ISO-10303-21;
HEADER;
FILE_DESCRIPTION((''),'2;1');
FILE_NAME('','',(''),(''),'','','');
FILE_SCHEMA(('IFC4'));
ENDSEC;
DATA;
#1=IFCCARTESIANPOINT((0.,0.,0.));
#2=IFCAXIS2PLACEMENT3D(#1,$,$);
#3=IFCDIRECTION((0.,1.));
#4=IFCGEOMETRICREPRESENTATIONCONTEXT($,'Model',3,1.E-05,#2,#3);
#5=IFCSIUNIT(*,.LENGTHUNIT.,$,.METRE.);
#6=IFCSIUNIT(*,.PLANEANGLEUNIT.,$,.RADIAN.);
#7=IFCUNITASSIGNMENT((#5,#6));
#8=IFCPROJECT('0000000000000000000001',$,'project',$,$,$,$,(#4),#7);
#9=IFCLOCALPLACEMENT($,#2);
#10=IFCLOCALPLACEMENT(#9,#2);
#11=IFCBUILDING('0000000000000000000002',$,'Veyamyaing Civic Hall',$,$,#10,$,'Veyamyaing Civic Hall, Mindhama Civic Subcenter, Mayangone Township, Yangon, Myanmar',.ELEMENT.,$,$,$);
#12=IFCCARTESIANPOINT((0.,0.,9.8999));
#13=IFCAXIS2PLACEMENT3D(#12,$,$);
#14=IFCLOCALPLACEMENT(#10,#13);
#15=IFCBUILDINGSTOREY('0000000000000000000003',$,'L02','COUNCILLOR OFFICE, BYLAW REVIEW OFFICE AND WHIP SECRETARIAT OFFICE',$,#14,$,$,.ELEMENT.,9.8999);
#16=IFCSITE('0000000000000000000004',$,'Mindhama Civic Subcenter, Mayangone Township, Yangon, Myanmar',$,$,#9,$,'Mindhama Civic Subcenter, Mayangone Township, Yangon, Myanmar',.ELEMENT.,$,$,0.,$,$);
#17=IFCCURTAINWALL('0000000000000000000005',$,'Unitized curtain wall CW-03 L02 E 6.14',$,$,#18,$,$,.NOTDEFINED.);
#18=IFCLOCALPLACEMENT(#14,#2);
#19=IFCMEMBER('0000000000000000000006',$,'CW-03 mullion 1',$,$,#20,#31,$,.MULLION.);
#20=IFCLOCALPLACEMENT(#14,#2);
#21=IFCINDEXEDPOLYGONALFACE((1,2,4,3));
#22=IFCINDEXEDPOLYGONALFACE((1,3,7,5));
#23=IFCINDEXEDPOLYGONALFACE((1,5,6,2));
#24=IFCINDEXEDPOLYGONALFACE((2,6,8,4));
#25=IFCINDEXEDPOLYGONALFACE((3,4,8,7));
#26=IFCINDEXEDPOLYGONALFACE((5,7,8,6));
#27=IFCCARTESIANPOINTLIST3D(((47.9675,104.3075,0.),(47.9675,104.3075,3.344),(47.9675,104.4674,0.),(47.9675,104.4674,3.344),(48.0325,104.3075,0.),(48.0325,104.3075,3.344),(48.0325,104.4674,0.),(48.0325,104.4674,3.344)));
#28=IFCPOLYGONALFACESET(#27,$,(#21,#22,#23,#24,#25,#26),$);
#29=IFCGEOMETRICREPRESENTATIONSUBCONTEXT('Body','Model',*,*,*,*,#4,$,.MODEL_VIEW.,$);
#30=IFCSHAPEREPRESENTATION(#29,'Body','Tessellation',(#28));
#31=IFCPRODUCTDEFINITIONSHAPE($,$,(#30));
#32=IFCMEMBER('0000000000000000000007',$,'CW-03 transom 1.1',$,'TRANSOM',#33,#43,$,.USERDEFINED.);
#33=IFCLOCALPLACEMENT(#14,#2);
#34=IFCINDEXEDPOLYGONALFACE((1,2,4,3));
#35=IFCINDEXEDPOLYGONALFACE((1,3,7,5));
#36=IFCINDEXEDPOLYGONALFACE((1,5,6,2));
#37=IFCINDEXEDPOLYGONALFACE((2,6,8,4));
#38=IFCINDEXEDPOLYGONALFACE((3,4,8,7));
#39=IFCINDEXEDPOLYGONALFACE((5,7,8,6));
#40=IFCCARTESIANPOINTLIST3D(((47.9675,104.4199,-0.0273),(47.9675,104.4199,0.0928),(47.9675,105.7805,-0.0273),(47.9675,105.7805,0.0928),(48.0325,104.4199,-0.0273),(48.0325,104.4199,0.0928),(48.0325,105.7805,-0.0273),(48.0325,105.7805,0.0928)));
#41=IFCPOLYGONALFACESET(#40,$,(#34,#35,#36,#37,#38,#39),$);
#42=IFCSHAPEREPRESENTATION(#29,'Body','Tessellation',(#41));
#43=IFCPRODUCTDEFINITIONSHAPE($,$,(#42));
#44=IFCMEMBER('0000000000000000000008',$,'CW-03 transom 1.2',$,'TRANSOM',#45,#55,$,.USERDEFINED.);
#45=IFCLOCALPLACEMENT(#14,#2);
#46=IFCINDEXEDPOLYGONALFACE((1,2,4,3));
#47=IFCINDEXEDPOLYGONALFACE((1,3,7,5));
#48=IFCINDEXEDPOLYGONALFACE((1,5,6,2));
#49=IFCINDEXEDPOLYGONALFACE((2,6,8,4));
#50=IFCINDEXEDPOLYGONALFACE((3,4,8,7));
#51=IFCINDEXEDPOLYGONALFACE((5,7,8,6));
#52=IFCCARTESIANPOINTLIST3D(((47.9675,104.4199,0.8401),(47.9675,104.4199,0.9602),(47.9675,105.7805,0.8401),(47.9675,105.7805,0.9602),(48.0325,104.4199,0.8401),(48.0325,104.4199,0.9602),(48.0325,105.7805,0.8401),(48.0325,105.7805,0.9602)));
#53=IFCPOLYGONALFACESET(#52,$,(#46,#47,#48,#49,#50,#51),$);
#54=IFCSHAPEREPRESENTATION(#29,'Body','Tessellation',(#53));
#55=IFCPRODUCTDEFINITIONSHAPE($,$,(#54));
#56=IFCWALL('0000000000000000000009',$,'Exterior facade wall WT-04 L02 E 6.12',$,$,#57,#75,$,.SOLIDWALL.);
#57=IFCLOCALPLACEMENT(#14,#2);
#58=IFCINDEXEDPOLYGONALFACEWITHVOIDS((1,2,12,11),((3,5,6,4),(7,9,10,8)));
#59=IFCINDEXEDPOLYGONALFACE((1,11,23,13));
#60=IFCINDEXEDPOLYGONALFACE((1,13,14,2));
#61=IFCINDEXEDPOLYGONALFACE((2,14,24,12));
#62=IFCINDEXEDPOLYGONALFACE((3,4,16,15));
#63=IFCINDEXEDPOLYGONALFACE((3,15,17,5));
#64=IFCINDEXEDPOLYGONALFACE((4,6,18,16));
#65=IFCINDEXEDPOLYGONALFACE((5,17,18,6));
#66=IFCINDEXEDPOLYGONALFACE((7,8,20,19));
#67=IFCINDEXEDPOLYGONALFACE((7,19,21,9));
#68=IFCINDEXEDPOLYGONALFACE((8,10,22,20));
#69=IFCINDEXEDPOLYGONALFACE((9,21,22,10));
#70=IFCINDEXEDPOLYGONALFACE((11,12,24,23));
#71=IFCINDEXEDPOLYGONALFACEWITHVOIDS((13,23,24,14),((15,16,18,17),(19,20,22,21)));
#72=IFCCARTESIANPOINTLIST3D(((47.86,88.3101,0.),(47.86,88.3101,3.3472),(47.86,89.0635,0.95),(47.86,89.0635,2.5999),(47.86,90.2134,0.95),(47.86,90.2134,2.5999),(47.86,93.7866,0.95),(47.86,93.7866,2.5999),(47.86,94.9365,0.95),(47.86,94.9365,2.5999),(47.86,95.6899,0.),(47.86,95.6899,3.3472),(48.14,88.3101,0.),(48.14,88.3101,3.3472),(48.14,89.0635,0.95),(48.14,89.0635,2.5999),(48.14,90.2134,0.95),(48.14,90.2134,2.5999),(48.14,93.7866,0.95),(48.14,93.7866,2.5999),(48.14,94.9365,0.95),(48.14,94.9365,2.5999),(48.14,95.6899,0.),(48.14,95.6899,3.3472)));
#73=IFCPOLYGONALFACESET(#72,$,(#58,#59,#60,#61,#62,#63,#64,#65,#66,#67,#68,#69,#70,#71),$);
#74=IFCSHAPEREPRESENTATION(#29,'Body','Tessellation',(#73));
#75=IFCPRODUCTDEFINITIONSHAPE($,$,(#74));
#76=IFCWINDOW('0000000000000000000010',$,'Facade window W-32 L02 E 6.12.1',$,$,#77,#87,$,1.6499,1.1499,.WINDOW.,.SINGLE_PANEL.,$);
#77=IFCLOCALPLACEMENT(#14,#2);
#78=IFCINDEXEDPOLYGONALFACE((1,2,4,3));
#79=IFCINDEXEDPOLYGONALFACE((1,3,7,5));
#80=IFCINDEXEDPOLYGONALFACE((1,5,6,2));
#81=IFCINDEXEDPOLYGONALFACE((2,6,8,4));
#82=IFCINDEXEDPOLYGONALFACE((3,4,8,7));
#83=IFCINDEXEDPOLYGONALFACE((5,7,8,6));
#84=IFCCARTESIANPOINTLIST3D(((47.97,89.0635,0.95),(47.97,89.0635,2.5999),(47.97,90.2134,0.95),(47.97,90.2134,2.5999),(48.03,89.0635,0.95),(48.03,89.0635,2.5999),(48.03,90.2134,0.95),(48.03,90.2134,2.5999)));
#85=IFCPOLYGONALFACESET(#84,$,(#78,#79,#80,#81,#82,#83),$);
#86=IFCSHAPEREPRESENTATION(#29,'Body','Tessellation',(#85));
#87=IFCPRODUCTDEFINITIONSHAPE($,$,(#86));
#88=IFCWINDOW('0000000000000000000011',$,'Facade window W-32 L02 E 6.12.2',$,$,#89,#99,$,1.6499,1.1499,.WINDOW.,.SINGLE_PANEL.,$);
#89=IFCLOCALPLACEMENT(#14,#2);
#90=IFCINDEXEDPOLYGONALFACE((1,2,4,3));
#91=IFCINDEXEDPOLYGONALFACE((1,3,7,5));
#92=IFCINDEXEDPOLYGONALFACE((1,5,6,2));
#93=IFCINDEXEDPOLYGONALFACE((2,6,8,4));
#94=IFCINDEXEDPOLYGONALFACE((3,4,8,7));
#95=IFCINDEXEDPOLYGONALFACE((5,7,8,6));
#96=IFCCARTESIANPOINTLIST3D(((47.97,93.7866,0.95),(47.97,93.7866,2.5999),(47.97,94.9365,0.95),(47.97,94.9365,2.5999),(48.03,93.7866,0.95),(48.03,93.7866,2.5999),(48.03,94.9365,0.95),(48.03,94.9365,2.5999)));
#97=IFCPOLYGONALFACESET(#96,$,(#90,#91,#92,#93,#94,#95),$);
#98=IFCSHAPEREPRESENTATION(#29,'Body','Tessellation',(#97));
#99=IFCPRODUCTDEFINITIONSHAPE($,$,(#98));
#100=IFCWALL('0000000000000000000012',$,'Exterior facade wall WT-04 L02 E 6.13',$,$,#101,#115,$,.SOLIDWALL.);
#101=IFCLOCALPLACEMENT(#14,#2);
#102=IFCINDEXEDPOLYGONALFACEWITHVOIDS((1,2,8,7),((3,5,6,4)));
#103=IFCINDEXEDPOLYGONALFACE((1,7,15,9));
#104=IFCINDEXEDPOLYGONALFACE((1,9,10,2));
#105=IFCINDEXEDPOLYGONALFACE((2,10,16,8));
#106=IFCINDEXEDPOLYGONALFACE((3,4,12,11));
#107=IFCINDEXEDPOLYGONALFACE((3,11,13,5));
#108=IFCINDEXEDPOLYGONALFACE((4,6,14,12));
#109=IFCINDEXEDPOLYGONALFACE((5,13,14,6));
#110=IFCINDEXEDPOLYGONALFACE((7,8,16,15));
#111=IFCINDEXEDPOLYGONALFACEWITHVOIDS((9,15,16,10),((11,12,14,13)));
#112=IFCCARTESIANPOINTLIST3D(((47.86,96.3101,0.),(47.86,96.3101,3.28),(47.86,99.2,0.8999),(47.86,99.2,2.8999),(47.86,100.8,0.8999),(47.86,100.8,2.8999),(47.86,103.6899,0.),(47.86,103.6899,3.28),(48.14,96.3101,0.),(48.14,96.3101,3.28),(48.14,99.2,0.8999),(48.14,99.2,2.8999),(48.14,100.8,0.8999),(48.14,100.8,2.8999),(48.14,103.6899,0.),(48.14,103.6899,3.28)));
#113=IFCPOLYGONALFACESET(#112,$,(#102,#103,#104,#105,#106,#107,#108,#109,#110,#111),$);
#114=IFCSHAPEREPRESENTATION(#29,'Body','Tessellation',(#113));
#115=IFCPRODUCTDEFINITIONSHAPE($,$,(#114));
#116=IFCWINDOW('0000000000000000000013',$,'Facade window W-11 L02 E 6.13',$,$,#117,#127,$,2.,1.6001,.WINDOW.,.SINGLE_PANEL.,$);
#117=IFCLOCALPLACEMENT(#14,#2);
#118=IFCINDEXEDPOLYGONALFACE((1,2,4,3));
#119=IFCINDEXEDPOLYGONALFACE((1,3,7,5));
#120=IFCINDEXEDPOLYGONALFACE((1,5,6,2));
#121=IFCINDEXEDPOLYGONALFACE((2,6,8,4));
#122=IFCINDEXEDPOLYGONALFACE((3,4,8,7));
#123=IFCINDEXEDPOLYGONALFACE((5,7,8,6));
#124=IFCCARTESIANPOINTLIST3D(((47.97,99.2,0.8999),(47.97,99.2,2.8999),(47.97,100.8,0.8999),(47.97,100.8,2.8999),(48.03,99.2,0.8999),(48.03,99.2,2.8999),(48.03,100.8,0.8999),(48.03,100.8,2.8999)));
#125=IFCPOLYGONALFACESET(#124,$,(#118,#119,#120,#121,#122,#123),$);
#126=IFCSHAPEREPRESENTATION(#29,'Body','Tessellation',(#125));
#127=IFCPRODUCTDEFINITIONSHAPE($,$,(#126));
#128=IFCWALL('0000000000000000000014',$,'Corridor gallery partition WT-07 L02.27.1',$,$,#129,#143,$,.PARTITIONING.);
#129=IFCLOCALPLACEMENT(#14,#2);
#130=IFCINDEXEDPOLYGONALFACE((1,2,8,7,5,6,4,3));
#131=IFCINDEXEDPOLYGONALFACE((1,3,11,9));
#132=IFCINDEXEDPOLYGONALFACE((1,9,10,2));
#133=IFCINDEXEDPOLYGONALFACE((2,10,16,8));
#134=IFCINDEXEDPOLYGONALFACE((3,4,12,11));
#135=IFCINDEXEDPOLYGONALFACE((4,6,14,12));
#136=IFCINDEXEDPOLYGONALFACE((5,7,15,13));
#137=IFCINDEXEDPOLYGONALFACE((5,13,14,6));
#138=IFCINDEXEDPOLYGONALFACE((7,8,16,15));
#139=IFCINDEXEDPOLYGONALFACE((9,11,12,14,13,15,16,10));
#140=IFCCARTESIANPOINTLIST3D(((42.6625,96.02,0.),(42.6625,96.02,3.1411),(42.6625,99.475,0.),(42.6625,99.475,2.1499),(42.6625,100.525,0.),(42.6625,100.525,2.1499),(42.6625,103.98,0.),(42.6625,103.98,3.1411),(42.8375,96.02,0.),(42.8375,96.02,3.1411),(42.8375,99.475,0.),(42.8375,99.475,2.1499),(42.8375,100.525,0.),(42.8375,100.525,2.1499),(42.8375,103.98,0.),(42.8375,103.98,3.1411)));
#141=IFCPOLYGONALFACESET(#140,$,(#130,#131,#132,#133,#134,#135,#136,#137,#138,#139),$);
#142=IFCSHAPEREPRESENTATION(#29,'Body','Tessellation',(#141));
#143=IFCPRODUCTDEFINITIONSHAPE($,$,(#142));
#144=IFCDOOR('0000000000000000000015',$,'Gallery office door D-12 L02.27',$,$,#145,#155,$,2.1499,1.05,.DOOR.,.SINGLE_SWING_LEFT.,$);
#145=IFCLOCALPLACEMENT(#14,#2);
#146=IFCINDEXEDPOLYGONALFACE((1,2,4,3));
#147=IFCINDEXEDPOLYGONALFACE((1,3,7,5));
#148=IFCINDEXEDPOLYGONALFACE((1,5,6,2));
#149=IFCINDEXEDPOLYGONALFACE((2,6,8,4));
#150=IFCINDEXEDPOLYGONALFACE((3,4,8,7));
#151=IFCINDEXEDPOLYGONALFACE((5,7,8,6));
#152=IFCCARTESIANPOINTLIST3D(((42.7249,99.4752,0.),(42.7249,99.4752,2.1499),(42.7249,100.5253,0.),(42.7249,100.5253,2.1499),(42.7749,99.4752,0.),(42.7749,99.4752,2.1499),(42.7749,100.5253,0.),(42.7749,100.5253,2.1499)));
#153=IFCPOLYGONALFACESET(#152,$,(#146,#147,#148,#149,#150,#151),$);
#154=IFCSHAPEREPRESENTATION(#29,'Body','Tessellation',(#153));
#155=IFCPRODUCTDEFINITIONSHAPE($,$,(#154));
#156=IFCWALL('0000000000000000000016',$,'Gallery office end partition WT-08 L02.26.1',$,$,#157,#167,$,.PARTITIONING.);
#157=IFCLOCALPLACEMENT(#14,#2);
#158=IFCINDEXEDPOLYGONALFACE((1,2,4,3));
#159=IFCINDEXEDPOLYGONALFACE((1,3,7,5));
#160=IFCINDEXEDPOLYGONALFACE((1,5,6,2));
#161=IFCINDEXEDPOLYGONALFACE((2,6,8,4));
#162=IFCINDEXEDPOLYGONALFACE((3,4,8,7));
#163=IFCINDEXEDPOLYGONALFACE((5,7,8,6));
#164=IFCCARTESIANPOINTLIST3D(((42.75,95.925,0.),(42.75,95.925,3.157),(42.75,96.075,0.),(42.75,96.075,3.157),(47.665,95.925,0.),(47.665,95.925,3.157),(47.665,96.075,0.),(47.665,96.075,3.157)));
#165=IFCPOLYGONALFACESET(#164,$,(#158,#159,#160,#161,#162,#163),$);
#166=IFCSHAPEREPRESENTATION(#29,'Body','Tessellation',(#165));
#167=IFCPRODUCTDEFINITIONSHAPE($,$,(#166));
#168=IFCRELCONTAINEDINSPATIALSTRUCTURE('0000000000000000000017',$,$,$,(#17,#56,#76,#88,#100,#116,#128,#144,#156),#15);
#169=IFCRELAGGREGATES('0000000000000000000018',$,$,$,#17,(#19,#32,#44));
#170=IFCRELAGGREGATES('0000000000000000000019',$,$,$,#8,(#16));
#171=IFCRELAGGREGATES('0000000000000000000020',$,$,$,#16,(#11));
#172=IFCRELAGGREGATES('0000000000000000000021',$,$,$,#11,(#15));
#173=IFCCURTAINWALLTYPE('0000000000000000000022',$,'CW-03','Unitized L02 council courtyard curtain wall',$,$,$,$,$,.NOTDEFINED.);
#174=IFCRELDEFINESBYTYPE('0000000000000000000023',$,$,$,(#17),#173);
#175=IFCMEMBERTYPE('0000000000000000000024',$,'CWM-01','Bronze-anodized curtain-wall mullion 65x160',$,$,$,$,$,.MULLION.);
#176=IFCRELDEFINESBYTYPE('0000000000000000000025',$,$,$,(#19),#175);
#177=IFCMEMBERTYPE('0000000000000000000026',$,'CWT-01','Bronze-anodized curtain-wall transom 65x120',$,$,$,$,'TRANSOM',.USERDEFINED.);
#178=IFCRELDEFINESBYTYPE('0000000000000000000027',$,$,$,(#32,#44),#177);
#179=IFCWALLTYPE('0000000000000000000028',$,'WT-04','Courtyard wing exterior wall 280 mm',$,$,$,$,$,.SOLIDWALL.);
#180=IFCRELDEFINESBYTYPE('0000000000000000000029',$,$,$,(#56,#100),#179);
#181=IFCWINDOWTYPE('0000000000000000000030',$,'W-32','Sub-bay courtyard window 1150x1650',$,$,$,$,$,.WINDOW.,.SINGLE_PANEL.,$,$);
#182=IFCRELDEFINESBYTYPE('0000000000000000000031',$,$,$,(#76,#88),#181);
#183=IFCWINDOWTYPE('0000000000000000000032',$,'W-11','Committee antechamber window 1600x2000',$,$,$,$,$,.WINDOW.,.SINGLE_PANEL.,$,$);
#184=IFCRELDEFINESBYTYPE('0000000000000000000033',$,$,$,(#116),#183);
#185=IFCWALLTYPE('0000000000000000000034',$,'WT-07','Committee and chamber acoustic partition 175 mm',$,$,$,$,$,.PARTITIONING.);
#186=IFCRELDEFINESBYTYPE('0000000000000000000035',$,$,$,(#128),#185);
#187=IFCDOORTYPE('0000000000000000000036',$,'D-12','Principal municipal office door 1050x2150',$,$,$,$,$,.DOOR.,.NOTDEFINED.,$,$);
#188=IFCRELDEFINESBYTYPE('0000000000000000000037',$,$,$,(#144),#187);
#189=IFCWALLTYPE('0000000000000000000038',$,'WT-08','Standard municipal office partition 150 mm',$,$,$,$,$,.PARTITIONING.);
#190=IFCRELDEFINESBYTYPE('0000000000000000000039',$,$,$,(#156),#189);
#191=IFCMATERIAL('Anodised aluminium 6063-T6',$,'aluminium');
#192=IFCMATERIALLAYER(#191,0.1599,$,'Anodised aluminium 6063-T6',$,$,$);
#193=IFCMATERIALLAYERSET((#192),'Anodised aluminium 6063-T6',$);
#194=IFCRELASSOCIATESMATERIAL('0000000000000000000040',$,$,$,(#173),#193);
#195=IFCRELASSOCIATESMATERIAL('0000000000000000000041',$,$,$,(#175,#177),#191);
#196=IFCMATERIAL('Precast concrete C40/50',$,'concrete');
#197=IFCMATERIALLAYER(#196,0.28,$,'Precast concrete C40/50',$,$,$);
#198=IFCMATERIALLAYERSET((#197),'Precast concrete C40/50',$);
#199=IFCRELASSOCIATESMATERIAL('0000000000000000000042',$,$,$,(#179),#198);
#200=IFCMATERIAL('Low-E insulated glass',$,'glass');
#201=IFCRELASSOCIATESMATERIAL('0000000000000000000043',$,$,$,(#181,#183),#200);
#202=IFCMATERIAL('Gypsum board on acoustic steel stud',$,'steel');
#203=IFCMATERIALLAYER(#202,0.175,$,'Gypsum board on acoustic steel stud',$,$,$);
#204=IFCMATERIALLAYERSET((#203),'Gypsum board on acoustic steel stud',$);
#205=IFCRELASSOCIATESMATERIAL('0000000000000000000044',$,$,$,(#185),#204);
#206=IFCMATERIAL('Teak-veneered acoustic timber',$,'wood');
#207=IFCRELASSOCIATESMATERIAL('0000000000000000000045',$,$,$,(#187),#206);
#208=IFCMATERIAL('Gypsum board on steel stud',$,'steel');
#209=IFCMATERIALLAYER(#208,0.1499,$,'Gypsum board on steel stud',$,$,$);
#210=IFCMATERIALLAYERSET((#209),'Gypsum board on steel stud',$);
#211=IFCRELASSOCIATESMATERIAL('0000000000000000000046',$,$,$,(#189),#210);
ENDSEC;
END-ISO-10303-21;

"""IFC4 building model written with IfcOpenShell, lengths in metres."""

from ifc_helpers import new_model, si_unit, direction, frame, frame_2d, origin, origin_2d, place, context, subcontext, project, spatial, rectangle, extrude, material, layer, layer_set, material_profile, profile_set, type_object, element, fill, aggregate, save


model = new_model("IFC4")

# Units and contexts
model_context = context("Model", 3, precision=1e-05, world=origin(), true_north=direction((0.0, 1.0)))
body_context = subcontext(model_context, "Body", "Model", "MODEL_VIEW")
ifc_project = project(units=[si_unit("LENGTHUNIT", "METRE"), si_unit("PLANEANGLEUNIT", "RADIAN")], contexts=[model_context])

# Site, building, storey
site_placement = place(None, origin())
site = spatial("IfcSite", under=ifc_project, at=site_placement, Name="Mindhama Civic Subcenter, Mayangone Township, Yangon, Myanmar", LongName="Mindhama Civic Subcenter, Mayangone Township, Yangon, Myanmar", CompositionType="ELEMENT", RefElevation=0.0)
building_placement = place(site_placement, origin())
building = spatial("IfcBuilding", under=site, at=building_placement, Name="Veyamyaing Civic Hall", LongName="Veyamyaing Civic Hall, Mindhama Civic Subcenter, Mayangone Township, Yangon, Myanmar", CompositionType="ELEMENT")
storey_placement = place(building_placement, frame((0.0, 0.0, 9.8999)))
storey = spatial("IfcBuildingStorey", under=building, at=storey_placement, Name="L02", Description="COUNCILLOR OFFICE, BYLAW REVIEW OFFICE AND WHIP SECRETARIAT OFFICE", CompositionType="ELEMENT", Elevation=9.8999)

# Curtain wall, members
ifc_material_1 = material(Name="Anodised aluminium 6063-T6", Category="aluminium")
ifc_layer_1 = layer(ifc_material_1, 0.1599, Name="Anodised aluminium 6063-T6")
ifc_layer_set_1 = layer_set([ifc_layer_1], Name="Anodised aluminium 6063-T6")
curtain_wall_type = type_object("IfcCurtainWallType", Name="CW-03", Description="Unitized L02 council courtyard curtain wall", PredefinedType="NOTDEFINED", material=ifc_layer_set_1)
curtain_wall_placement = place(storey_placement, origin())
curtain_wall = element("IfcCurtainWall", 1, at=curtain_wall_placement, inside=storey, type_object=curtain_wall_type, Name="Unitized curtain wall CW-03 L02 E 6.14", PredefinedType="NOTDEFINED")
ifc_material_profile_1 = material_profile(ifc_material_1, rectangle(XDim=0.0649, YDim=0.1599, at=origin_2d()), Name="ALU-MUL-65X160")
ifc_profile_set_1 = profile_set([ifc_material_profile_1], Name="Anodised aluminium 6063-T6")
member_type_1 = type_object("IfcMemberType", Name="CWM-01", Description="Bronze-anodized curtain-wall mullion 65x160", PredefinedType="MULLION", material=ifc_profile_set_1)
member_1_placement = place(storey_placement, frame((48.0, 104.3875, 0.0), z_axis=(0.0, 0.0, 1.0), x_axis=(-1.0, 0.0, 0.0)))
member_1 = element("IfcMember", 2, at=member_1_placement, type_object=member_type_1, Name="CW-03 mullion 1", PredefinedType="MULLION", context=body_context, shape_type="SweptSolid", body=[
    extrude(rectangle(XDim=0.0649, YDim=0.1599, at=origin_2d()), origin(), (0.0, 0.0, 1.0), 3.344),
])
ifc_material_profile_2 = material_profile(ifc_material_1, rectangle(XDim=0.0649, YDim=0.1201, at=origin_2d()), Name="ALU-TRN-65X120")
ifc_profile_set_2 = profile_set([ifc_material_profile_2], Name="Anodised aluminium 6063-T6")
member_type_2 = type_object("IfcMemberType", Name="CWT-01", Description="Bronze-anodized curtain-wall transom 65x120", ElementType="TRANSOM", PredefinedType="USERDEFINED", material=ifc_profile_set_2)
member_2_placement = place(storey_placement, frame((48.0, 104.4199, 0.0327), z_axis=(0.0, 1.0, 0.0), x_axis=(-1.0, 0.0, 0.0)))
member_2 = element("IfcMember", 3, at=member_2_placement, type_object=member_type_2, Name="CW-03 transom 1.1", ObjectType="TRANSOM", PredefinedType="USERDEFINED", context=body_context, shape_type="SweptSolid", body=[
    extrude(rectangle(XDim=0.0649, YDim=0.1201, at=origin_2d()), origin(), (0.0, 0.0, 1.0), 1.3606),
])
member_3_placement = place(storey_placement, frame((48.0, 104.4199, 0.9001), z_axis=(0.0, 1.0, 0.0), x_axis=(-1.0, 0.0, 0.0)))
member_3 = element("IfcMember", 4, at=member_3_placement, type_object=member_type_2, Name="CW-03 transom 1.2", ObjectType="TRANSOM", PredefinedType="USERDEFINED", context=body_context, shape_type="SweptSolid", body=[
    extrude(rectangle(XDim=0.0649, YDim=0.1201, at=origin_2d()), origin(), (0.0, 0.0, 1.0), 1.3606),
])
aggregate(curtain_wall, [member_1, member_2, member_3])

# Wall, openings, windows
ifc_material_2 = material(Name="Precast concrete C40/50", Category="concrete")
ifc_layer_2 = layer(ifc_material_2, 0.28, Name="Precast concrete C40/50")
ifc_layer_set_2 = layer_set([ifc_layer_2], Name="Precast concrete C40/50")
wall_type_1 = type_object("IfcWallType", Name="WT-04", Description="Courtyard wing exterior wall 280 mm", PredefinedType="SOLIDWALL", material=ifc_layer_set_2)
wall_1_placement = place(storey_placement, frame((48.0, 88.3101, 0.0), z_axis=(0.0, 0.0, 1.0), x_axis=(0.0, 1.0, 0.0)))
wall_1 = element("IfcWall", 5, at=wall_1_placement, inside=storey, type_object=wall_type_1, Name="Exterior facade wall WT-04 L02 E 6.12", PredefinedType="SOLIDWALL", context=body_context, shape_type="SweptSolid", body=[
    extrude(rectangle(XDim=7.3799, YDim=0.28, at=frame_2d((3.6899, 0.0))), origin(), (0.0, 0.0, 1.0), 3.3472),
])
opening_1_placement = place(wall_1_placement, frame((0.7534, 0.0, 0.95)))
opening_1 = element("IfcOpeningElement", 6, at=opening_1_placement, cuts=wall_1, PredefinedType="OPENING", context=body_context, shape_type="SweptSolid", body=[
    extrude(rectangle(XDim=1.1499, YDim=1.6499, at=frame_2d((0.575, 0.825))), frame((0.0, 0.1499, 0.0), z_axis=(0.0, -1.0, 0.0), x_axis=(1.0, 0.0, 0.0)), (0.0, 0.0, 1.0), 0.3),
])
opening_2_placement = place(wall_1_placement, frame((5.4766, 0.0, 0.95)))
opening_2 = element("IfcOpeningElement", 7, at=opening_2_placement, cuts=wall_1, PredefinedType="OPENING", context=body_context, shape_type="SweptSolid", body=[
    extrude(rectangle(XDim=1.1499, YDim=1.6499, at=frame_2d((0.575, 0.825))), frame((0.0, 0.1499, 0.0), z_axis=(0.0, -1.0, 0.0), x_axis=(1.0, 0.0, 0.0)), (0.0, 0.0, 1.0), 0.3),
])
ifc_material_3 = material(Name="Low-E insulated glass", Category="glass")
window_type_1 = type_object("IfcWindowType", Name="W-32", Description="Sub-bay courtyard window 1150x1650", PartitioningType="SINGLE_PANEL", PredefinedType="WINDOW", material=ifc_material_3)
window_1_placement = place(opening_1_placement, origin())
window_1 = element("IfcWindow", 8, at=window_1_placement, inside=storey, type_object=window_type_1, Name="Facade window W-32 L02 E 6.12.1", OverallHeight=1.6499, OverallWidth=1.1499, PartitioningType="SINGLE_PANEL", PredefinedType="WINDOW", context=body_context, shape_type="SweptSolid", body=[
    extrude(rectangle(XDim=1.1499, YDim=1.6499, at=frame_2d((0.575, 0.825))), frame((0.0, 0.03, 0.0), z_axis=(0.0, -1.0, 0.0), x_axis=(1.0, 0.0, 0.0)), (0.0, 0.0, 1.0), 0.0601),
])
fill(opening_1, window_1)
window_2_placement = place(opening_2_placement, origin())
window_2 = element("IfcWindow", 9, at=window_2_placement, inside=storey, type_object=window_type_1, Name="Facade window W-32 L02 E 6.12.2", OverallHeight=1.6499, OverallWidth=1.1499, PartitioningType="SINGLE_PANEL", PredefinedType="WINDOW", context=body_context, shape_type="SweptSolid", body=[
    extrude(rectangle(XDim=1.1499, YDim=1.6499, at=frame_2d((0.575, 0.825))), frame((0.0, 0.03, 0.0), z_axis=(0.0, -1.0, 0.0), x_axis=(1.0, 0.0, 0.0)), (0.0, 0.0, 1.0), 0.0601),
])
fill(opening_2, window_2)

# Wall, opening, window
wall_2_placement = place(storey_placement, frame((48.0, 96.3101, 0.0), z_axis=(0.0, 0.0, 1.0), x_axis=(0.0, 1.0, 0.0)))
wall_2 = element("IfcWall", 10, at=wall_2_placement, inside=storey, type_object=wall_type_1, Name="Exterior facade wall WT-04 L02 E 6.13", PredefinedType="SOLIDWALL", context=body_context, shape_type="SweptSolid", body=[
    extrude(rectangle(XDim=7.3799, YDim=0.28, at=frame_2d((3.6899, 0.0))), origin(), (0.0, 0.0, 1.0), 3.28),
])
opening_3_placement = place(wall_2_placement, frame((2.8899, 0.0, 0.8999)))
opening_3 = element("IfcOpeningElement", 11, at=opening_3_placement, cuts=wall_2, PredefinedType="OPENING", context=body_context, shape_type="SweptSolid", body=[
    extrude(rectangle(XDim=1.6001, YDim=2.0, at=frame_2d((0.8, 1.0))), frame((0.0, 0.1499, 0.0), z_axis=(0.0, -1.0, 0.0), x_axis=(1.0, 0.0, 0.0)), (0.0, 0.0, 1.0), 0.3),
])
window_type_2 = type_object("IfcWindowType", Name="W-11", Description="Committee antechamber window 1600x2000", PartitioningType="SINGLE_PANEL", PredefinedType="WINDOW", material=ifc_material_3)
window_3_placement = place(opening_3_placement, origin())
window_3 = element("IfcWindow", 12, at=window_3_placement, inside=storey, type_object=window_type_2, Name="Facade window W-11 L02 E 6.13", OverallHeight=2.0, OverallWidth=1.6001, PartitioningType="SINGLE_PANEL", PredefinedType="WINDOW", context=body_context, shape_type="SweptSolid", body=[
    extrude(rectangle(XDim=1.6001, YDim=2.0, at=frame_2d((0.8, 1.0))), frame((0.0, 0.03, 0.0), z_axis=(0.0, -1.0, 0.0), x_axis=(1.0, 0.0, 0.0)), (0.0, 0.0, 1.0), 0.0601),
])
fill(opening_3, window_3)

# Wall, opening, door
ifc_material_4 = material(Name="Gypsum board on acoustic steel stud", Category="steel")
ifc_layer_3 = layer(ifc_material_4, 0.175, Name="Gypsum board on acoustic steel stud")
ifc_layer_set_3 = layer_set([ifc_layer_3], Name="Gypsum board on acoustic steel stud")
wall_type_2 = type_object("IfcWallType", Name="WT-07", Description="Committee and chamber acoustic partition 175 mm", PredefinedType="PARTITIONING", material=ifc_layer_set_3)
wall_3_placement = place(storey_placement, frame((42.75, 96.02, 0.0), z_axis=(0.0, 0.0, 1.0), x_axis=(0.0, 1.0, 0.0)))
wall_3 = element("IfcWall", 13, at=wall_3_placement, inside=storey, type_object=wall_type_2, Name="Corridor gallery partition WT-07 L02.27.1", PredefinedType="PARTITIONING", context=body_context, shape_type="SweptSolid", body=[
    extrude(rectangle(XDim=7.96, YDim=0.175, at=frame_2d((3.98, 0.0))), origin(), (0.0, 0.0, 1.0), 3.1411),
])
opening_4_placement = place(wall_3_placement, frame((3.4551, 0.0, 0.0)))
opening_4 = element("IfcOpeningElement", 14, at=opening_4_placement, cuts=wall_3, PredefinedType="OPENING", context=body_context, shape_type="SweptSolid", body=[
    extrude(rectangle(XDim=1.05, YDim=2.1499, at=frame_2d((0.5249, 1.075))), frame((0.0, 0.0974, 0.0), z_axis=(0.0, -1.0, 0.0), x_axis=(1.0, 0.0, 0.0)), (0.0, 0.0, 1.0), 0.1951),
])
ifc_material_5 = material(Name="Teak-veneered acoustic timber", Category="wood")
door_type_1 = type_object("IfcDoorType", Name="D-12", Description="Principal municipal office door 1050x2150", OperationType="NOTDEFINED", PredefinedType="DOOR", material=ifc_material_5)
door_1_placement = place(opening_4_placement, frame((1.05, 0.0, 0.0), z_axis=(0.0, 0.0, 1.0), x_axis=(-1.0, 0.0, 0.0)))
door_1 = element("IfcDoor", 15, at=door_1_placement, inside=storey, type_object=door_type_1, Name="Gallery office door D-12 L02.27", OperationType="SINGLE_SWING_LEFT", OverallHeight=2.1499, OverallWidth=1.05, PredefinedType="DOOR", context=body_context, shape_type="SweptSolid", body=[
    extrude(rectangle(XDim=1.05, YDim=2.1499, at=frame_2d((0.5249, 1.075))), frame((0.0, 0.0249, 0.0), z_axis=(0.0, -1.0, 0.0), x_axis=(1.0, 0.0, 0.0)), (0.0, 0.0, 1.0), 0.05),
])
fill(opening_4, door_1)

# Wall
ifc_material_6 = material(Name="Gypsum board on steel stud", Category="steel")
ifc_layer_4 = layer(ifc_material_6, 0.1499, Name="Gypsum board on steel stud")
ifc_layer_set_4 = layer_set([ifc_layer_4], Name="Gypsum board on steel stud")
wall_type_3 = type_object("IfcWallType", Name="WT-08", Description="Standard municipal office partition 150 mm", PredefinedType="PARTITIONING", material=ifc_layer_set_4)
wall_4_placement = place(storey_placement, frame((42.75, 96.0, 0.0), z_axis=(0.0, 0.0, 1.0), x_axis=(1.0, 0.0, 0.0)))
element("IfcWall", 16, at=wall_4_placement, inside=storey, type_object=wall_type_3, Name="Gallery office end partition WT-08 L02.26.1", PredefinedType="PARTITIONING", context=body_context, shape_type="SweptSolid", body=[
    extrude(rectangle(XDim=4.915, YDim=0.1499, at=frame_2d((2.4575, 0.0))), origin(), (0.0, 0.0, 1.0), 3.157),
])

save(model, "model.ifc")
